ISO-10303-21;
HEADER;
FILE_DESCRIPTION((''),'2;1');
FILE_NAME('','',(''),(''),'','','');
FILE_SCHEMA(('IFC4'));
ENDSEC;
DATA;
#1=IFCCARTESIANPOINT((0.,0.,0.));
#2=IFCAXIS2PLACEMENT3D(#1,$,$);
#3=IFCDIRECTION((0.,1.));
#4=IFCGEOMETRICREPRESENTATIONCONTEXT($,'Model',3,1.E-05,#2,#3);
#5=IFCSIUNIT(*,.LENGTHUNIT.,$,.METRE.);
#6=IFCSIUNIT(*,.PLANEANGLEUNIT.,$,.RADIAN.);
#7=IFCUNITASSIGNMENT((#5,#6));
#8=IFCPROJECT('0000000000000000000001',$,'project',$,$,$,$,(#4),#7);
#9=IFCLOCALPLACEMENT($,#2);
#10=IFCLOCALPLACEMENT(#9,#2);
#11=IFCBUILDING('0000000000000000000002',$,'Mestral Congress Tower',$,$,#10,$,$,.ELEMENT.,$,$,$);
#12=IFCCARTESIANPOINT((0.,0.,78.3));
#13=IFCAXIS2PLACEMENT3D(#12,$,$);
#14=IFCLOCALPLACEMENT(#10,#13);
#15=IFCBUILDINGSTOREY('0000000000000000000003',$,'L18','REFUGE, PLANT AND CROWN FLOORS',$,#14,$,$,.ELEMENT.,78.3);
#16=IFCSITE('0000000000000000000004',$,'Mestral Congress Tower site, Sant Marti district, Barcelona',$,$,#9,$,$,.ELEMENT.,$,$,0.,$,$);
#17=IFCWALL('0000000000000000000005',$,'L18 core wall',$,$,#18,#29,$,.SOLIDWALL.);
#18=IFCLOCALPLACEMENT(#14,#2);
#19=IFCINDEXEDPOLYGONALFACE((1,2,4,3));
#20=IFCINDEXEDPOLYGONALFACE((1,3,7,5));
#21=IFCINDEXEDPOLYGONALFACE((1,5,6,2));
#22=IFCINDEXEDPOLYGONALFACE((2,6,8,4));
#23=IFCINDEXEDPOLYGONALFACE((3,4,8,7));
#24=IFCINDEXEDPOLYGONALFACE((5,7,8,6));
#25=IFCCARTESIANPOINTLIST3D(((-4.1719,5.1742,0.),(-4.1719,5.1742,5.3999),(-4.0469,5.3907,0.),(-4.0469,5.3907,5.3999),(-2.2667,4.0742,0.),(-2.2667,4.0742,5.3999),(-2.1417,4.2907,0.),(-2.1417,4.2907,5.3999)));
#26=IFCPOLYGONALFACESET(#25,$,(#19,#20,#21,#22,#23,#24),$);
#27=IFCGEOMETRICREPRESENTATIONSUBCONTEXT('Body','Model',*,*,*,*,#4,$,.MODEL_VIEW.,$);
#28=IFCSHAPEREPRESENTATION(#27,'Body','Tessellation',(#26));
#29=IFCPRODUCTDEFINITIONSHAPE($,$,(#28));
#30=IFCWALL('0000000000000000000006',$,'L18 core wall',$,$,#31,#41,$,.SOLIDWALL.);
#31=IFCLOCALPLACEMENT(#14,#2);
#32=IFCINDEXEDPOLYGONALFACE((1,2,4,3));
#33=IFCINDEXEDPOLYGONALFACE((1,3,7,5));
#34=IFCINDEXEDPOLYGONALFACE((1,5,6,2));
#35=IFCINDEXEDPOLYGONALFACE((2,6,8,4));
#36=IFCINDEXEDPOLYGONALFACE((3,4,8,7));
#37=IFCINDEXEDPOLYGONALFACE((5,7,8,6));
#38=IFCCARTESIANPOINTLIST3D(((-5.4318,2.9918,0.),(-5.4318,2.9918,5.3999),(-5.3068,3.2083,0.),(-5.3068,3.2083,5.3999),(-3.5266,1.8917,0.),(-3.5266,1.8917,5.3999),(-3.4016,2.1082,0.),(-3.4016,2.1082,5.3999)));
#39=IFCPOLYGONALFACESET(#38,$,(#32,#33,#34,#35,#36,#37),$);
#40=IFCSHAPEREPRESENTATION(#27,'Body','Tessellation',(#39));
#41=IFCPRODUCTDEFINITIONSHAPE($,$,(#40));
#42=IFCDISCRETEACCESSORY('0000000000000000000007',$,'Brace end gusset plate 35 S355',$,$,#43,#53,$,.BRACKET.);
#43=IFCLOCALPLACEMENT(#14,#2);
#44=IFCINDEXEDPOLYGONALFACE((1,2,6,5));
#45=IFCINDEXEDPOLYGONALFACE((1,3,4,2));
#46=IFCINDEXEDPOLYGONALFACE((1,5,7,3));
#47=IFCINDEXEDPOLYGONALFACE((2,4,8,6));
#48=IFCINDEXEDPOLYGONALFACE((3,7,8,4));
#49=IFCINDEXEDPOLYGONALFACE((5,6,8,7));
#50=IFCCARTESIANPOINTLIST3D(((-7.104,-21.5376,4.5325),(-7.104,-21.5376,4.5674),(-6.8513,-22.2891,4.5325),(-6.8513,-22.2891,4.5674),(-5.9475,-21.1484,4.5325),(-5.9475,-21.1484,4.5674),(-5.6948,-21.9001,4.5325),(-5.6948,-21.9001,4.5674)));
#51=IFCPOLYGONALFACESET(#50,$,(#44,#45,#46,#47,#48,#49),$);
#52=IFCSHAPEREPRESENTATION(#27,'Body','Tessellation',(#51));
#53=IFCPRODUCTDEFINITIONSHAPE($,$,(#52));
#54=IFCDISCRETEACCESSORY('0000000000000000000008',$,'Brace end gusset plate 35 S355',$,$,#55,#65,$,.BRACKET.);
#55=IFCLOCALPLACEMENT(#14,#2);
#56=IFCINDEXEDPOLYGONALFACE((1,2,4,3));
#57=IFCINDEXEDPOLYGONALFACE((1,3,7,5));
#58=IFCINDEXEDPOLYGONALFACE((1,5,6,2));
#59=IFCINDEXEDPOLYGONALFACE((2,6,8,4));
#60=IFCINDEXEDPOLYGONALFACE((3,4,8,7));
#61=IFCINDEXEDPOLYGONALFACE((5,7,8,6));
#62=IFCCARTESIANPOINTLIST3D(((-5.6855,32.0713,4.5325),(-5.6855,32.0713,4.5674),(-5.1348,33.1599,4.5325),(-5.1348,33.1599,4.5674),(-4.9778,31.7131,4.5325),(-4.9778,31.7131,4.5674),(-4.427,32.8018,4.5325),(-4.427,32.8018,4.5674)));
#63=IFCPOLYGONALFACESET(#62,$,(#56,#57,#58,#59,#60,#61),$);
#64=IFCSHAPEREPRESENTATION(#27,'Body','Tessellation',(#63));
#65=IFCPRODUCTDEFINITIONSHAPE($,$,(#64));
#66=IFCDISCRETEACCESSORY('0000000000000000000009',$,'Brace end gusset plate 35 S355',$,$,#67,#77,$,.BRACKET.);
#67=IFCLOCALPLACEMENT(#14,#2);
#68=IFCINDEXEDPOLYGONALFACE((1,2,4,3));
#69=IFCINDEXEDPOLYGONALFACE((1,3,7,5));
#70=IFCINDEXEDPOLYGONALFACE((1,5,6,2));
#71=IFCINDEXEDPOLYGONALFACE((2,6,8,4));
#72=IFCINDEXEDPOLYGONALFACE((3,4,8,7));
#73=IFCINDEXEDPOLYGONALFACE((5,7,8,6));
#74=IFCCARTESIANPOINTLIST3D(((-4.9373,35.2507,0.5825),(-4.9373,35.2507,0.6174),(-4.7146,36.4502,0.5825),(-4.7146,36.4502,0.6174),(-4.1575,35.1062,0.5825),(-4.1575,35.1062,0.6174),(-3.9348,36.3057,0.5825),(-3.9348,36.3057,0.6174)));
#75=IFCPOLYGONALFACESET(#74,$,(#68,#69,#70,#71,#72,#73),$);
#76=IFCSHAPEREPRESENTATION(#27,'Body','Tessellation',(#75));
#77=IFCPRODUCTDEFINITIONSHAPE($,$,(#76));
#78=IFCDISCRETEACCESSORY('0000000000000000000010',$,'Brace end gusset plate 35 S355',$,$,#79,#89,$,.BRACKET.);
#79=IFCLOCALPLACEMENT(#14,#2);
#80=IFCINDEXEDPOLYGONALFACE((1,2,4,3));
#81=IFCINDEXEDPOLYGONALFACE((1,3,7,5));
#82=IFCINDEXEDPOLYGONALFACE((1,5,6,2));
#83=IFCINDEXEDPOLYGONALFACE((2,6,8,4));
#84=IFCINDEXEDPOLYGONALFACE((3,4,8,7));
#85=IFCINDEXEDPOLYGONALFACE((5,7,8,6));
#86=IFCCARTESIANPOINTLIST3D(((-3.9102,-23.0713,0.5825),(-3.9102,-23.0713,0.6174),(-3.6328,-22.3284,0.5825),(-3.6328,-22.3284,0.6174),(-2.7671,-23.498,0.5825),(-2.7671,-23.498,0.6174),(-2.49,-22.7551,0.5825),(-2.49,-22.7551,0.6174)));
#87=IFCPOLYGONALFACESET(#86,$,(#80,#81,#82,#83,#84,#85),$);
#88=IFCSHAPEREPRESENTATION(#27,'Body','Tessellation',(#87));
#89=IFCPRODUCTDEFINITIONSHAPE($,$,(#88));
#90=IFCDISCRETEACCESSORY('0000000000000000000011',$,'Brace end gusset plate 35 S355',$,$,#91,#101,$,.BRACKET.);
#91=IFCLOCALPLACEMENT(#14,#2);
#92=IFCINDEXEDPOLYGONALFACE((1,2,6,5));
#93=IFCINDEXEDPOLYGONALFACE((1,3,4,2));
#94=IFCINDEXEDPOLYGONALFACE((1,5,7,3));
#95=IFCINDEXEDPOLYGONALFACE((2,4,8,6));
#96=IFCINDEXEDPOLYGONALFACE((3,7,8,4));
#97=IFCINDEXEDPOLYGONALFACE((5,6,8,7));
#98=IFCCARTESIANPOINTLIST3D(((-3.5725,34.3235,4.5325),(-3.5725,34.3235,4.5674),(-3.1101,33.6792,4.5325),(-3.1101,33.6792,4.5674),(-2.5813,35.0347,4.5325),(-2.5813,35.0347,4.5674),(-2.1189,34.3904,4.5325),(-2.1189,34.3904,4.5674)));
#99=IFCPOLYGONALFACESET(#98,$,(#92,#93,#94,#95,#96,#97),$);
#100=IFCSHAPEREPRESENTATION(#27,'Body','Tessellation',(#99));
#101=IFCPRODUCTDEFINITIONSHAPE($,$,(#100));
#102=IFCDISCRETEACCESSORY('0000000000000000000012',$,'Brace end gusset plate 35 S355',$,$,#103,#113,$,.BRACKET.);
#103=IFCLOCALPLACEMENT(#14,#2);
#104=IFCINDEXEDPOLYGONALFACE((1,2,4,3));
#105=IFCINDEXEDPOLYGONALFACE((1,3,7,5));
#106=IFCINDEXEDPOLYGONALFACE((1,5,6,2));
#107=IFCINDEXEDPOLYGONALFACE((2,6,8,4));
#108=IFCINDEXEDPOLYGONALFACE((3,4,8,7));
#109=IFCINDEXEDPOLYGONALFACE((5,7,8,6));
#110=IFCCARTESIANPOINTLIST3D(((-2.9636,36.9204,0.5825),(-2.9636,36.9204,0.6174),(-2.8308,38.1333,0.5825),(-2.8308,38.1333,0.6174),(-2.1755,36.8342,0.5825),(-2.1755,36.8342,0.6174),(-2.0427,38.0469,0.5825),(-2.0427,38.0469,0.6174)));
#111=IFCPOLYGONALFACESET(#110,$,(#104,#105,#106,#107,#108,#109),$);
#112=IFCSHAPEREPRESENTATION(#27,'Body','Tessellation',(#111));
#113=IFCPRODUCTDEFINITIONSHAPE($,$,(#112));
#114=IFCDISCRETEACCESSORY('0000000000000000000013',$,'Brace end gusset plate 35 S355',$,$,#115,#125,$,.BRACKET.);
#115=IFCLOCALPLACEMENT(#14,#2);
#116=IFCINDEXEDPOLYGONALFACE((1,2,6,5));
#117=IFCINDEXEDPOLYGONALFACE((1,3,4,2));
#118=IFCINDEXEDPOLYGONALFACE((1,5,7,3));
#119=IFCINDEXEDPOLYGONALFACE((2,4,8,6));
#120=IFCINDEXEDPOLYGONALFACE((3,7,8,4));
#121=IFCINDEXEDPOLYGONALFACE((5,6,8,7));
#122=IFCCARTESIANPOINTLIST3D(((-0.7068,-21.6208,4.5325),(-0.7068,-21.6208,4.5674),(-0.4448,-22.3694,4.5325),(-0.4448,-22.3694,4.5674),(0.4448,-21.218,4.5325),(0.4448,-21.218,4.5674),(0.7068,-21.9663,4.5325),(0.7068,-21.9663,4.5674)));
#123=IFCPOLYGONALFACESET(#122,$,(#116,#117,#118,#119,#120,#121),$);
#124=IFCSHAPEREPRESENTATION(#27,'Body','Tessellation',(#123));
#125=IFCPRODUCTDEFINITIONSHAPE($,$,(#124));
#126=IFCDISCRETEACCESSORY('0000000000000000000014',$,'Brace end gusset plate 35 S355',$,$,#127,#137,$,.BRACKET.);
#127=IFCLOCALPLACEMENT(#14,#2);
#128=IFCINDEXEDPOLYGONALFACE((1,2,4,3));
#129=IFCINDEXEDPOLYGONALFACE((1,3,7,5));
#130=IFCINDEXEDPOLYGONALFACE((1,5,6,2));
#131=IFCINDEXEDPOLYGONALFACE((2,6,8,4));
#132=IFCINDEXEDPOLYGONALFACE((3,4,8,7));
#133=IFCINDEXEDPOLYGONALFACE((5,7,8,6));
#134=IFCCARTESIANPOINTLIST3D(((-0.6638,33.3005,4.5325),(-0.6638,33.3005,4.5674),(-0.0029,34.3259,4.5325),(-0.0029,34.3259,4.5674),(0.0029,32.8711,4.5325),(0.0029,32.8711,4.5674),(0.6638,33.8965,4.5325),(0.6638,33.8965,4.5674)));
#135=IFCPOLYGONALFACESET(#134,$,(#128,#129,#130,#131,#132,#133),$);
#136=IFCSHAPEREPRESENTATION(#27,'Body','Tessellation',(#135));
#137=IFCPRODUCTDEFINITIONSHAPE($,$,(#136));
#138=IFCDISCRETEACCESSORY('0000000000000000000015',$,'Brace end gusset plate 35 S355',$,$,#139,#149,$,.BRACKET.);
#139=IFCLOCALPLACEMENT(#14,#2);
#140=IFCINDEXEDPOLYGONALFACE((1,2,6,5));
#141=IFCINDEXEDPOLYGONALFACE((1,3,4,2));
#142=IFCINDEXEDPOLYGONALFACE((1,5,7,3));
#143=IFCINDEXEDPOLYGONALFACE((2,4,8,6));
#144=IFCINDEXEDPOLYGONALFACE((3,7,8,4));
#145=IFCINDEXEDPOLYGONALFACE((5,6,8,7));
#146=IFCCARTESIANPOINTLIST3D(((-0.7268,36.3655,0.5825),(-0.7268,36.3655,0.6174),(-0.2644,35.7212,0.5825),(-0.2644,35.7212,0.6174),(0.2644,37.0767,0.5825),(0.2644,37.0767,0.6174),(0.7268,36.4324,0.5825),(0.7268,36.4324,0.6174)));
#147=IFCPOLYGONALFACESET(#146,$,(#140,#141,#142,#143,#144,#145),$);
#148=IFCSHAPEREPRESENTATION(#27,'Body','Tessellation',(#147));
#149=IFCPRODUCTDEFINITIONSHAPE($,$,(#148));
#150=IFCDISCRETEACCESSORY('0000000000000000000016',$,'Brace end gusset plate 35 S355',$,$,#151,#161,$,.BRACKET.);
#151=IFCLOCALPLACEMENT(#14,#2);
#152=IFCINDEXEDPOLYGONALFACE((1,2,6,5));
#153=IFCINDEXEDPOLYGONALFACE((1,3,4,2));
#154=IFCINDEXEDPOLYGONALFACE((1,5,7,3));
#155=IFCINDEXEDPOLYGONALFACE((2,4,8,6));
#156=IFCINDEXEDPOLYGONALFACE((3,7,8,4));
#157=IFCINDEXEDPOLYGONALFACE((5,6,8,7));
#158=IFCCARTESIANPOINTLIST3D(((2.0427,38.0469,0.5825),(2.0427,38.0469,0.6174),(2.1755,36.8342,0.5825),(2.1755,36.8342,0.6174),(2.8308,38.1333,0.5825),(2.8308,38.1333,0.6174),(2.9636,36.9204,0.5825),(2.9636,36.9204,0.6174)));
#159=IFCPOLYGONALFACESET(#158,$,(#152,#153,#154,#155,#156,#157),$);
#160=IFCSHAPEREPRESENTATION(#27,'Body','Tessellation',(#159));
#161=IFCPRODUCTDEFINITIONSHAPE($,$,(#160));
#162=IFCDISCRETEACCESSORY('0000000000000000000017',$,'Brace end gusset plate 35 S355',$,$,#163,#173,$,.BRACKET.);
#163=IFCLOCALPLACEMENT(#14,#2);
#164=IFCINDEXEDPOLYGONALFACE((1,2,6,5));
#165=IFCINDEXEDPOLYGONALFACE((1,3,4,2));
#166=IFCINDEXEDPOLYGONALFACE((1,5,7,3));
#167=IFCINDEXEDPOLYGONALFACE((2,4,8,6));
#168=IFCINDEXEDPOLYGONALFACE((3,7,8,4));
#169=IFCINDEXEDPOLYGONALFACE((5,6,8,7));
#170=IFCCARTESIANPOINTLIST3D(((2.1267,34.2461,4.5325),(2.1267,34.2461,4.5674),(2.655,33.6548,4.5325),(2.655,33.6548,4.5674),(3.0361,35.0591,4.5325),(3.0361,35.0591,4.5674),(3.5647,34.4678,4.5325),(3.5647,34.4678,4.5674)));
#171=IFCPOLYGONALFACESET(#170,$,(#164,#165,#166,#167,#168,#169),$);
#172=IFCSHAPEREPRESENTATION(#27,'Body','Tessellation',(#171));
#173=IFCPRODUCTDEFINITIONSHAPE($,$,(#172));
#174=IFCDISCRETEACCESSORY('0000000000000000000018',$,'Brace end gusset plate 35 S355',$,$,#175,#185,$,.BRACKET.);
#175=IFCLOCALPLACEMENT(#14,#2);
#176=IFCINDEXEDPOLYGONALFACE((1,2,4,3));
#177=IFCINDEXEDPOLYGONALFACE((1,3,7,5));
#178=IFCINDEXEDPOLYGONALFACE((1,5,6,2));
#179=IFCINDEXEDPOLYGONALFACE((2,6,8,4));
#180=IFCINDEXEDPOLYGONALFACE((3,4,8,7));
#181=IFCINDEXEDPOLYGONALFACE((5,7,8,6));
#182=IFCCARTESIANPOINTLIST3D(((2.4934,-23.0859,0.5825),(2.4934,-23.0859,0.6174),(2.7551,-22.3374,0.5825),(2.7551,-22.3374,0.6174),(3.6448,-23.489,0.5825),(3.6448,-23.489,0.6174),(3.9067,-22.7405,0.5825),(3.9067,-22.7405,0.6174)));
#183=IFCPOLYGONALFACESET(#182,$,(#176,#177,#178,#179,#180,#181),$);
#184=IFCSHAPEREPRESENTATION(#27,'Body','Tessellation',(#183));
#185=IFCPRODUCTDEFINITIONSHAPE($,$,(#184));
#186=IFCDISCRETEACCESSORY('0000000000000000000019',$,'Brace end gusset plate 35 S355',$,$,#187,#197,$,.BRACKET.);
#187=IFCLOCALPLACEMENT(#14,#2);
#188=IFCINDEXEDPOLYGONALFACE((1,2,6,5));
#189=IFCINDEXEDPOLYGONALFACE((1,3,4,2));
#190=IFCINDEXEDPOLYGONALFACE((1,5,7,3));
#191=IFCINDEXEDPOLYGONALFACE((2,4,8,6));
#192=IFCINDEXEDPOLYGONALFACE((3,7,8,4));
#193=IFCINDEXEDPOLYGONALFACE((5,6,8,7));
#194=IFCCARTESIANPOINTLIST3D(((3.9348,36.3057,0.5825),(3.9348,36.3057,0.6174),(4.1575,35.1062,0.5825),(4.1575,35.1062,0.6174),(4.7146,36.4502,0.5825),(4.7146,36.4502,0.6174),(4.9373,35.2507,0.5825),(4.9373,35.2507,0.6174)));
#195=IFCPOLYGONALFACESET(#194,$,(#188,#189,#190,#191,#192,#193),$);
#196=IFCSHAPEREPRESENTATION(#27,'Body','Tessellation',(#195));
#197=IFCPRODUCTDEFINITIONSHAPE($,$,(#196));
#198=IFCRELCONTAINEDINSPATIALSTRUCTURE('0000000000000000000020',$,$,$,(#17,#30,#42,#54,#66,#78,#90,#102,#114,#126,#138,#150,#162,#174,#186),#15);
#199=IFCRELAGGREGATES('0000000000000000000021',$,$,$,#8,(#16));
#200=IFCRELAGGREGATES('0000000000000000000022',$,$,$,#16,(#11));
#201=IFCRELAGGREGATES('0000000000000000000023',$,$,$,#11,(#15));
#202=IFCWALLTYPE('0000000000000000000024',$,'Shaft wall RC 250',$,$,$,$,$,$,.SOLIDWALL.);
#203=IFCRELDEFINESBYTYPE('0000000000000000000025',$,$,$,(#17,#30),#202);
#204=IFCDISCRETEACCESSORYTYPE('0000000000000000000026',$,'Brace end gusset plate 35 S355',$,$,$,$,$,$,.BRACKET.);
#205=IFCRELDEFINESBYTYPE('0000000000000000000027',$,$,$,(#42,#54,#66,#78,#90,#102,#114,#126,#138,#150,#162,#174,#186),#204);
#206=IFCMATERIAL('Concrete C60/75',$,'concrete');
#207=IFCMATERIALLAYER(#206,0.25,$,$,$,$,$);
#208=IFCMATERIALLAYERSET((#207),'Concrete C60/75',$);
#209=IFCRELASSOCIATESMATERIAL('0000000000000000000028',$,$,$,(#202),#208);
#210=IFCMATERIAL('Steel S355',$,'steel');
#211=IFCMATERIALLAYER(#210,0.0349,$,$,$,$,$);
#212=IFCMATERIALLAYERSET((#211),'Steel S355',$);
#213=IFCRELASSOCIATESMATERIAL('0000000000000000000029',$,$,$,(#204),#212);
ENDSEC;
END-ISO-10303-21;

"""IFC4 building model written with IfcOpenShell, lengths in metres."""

from ifc_helpers import new_model, si_unit, direction, frame, frame_2d, origin, place, context, subcontext, project, spatial, polyline, rectangle, outline, extrude, material, layer, layer_set, type_object, element, save


model = new_model("IFC4")

# Units and contexts
model_context = context("Model", 3, precision=1e-05, world=origin(), true_north=direction((0.0, 1.0)))
body_context = subcontext(model_context, "Body", "Model", "MODEL_VIEW")
ifc_project = project(units=[si_unit("LENGTHUNIT", "METRE"), si_unit("PLANEANGLEUNIT", "RADIAN")], contexts=[model_context])

# Site, building, storey
site_placement = place(None, origin())
site = spatial("IfcSite", under=ifc_project, at=site_placement, Name="Mestral Congress Tower site, Sant Marti district, Barcelona", CompositionType="ELEMENT", RefElevation=0.0)
building_placement = place(site_placement, origin())
building = spatial("IfcBuilding", under=site, at=building_placement, Name="Mestral Congress Tower", CompositionType="ELEMENT")
storey_placement = place(building_placement, frame((0.0, 0.0, 78.3)))
storey = spatial("IfcBuildingStorey", under=building, at=storey_placement, Name="L18", Description="REFUGE, PLANT AND CROWN FLOORS", CompositionType="ELEMENT", Elevation=78.3)

# Walls
ifc_material_1 = material(Name="Concrete C60/75", Category="concrete")
ifc_layer_1 = layer(ifc_material_1, 0.25)
ifc_layer_set_1 = layer_set([ifc_layer_1], Name="Concrete C60/75")
wall_type = type_object("IfcWallType", Name="Shaft wall RC 250", PredefinedType="SOLIDWALL", material=ifc_layer_set_1)
for number, where, z_axis, x_axis, name in (
    (1, (-2.2041, 4.1824, 0.0), (0.0, 0.0, 1.0), (-0.866008, 0.50003, 0.0), "L18 core wall"),
    (2, (-5.3694, 3.1001, 0.0), (0.0, 0.0, 1.0), (0.866008, -0.50003, 0.0), "L18 core wall"),
):
    element("IfcWall", number, at=place(storey_placement, frame(where, z_axis=z_axis, x_axis=x_axis)), inside=storey, type_object=wall_type, Name=name, PredefinedType="SOLIDWALL", context=body_context, shape_type="SweptSolid", body=[
        extrude(rectangle(XDim=2.2, YDim=0.25, at=frame_2d((1.1001, 0.0))), origin(), (0.0, 0.0, 1.0), 5.3999),
    ])

# Discrete accessories
ifc_material_2 = material(Name="Steel S355", Category="steel")
ifc_layer_2 = layer(ifc_material_2, 0.0349)
ifc_layer_set_2 = layer_set([ifc_layer_2], Name="Steel S355")
discrete_accessory_type = type_object("IfcDiscreteAccessoryType", Name="Brace end gusset plate 35 S355", PredefinedType="BRACKET", material=ifc_layer_set_2)
placement_1 = place(storey_placement, frame((0.0, 0.0, 4.5325)))
element("IfcDiscreteAccessory", 3, at=placement_1, inside=storey, type_object=discrete_accessory_type, Name="Brace end gusset plate 35 S355", PredefinedType="BRACKET", context=body_context, shape_type="SweptSolid", body=[
    extrude(outline(polyline([(-5.9475, -21.1484), (-7.104, -21.5376), (-6.8513, -22.2891), (-5.6948, -21.9001), (-5.9475, -21.1484)])), origin(), (0.0, 0.0, 1.0), 0.0349),
])
element("IfcDiscreteAccessory", 4, at=placement_1, inside=storey, type_object=discrete_accessory_type, Name="Brace end gusset plate 35 S355", PredefinedType="BRACKET", context=body_context, shape_type="SweptSolid", body=[
    extrude(outline(polyline([(-4.9778, 31.7131), (-4.427, 32.8018), (-5.1348, 33.1599), (-5.6855, 32.0713), (-4.9778, 31.7131)])), origin(), (0.0, 0.0, 1.0), 0.0349),
])
placement_2 = place(storey_placement, frame((0.0, 0.0, 0.5825)))
element("IfcDiscreteAccessory", 5, at=placement_2, inside=storey, type_object=discrete_accessory_type, Name="Brace end gusset plate 35 S355", PredefinedType="BRACKET", context=body_context, shape_type="SweptSolid", body=[
    extrude(outline(polyline([(-4.7146, 36.4502), (-4.9373, 35.2507), (-4.1575, 35.1062), (-3.9348, 36.3057), (-4.7146, 36.4502)])), origin(), (0.0, 0.0, 1.0), 0.0349),
])
element("IfcDiscreteAccessory", 6, at=placement_2, inside=storey, type_object=discrete_accessory_type, Name="Brace end gusset plate 35 S355", PredefinedType="BRACKET", context=body_context, shape_type="SweptSolid", body=[
    extrude(outline(polyline([(-2.49, -22.7551), (-3.6328, -22.3284), (-3.9102, -23.0713), (-2.7671, -23.498), (-2.49, -22.7551)])), origin(), (0.0, 0.0, 1.0), 0.0349),
])
element("IfcDiscreteAccessory", 7, at=placement_1, inside=storey, type_object=discrete_accessory_type, Name="Brace end gusset plate 35 S355", PredefinedType="BRACKET", context=body_context, shape_type="SweptSolid", body=[
    extrude(outline(polyline([(-3.1101, 33.6792), (-2.1189, 34.3904), (-2.5813, 35.0347), (-3.5725, 34.3235), (-3.1101, 33.6792)])), origin(), (0.0, 0.0, 1.0), 0.0349),
])
element("IfcDiscreteAccessory", 8, at=placement_2, inside=storey, type_object=discrete_accessory_type, Name="Brace end gusset plate 35 S355", PredefinedType="BRACKET", context=body_context, shape_type="SweptSolid", body=[
    extrude(outline(polyline([(-2.8308, 38.1333), (-2.9636, 36.9204), (-2.1755, 36.8342), (-2.0427, 38.0469), (-2.8308, 38.1333)])), origin(), (0.0, 0.0, 1.0), 0.0349),
])
element("IfcDiscreteAccessory", 9, at=placement_1, inside=storey, type_object=discrete_accessory_type, Name="Brace end gusset plate 35 S355", PredefinedType="BRACKET", context=body_context, shape_type="SweptSolid", body=[
    extrude(outline(polyline([(0.4448, -21.218), (-0.7068, -21.6208), (-0.4448, -22.3694), (0.7068, -21.9663), (0.4448, -21.218)])), origin(), (0.0, 0.0, 1.0), 0.0349),
])
element("IfcDiscreteAccessory", 10, at=placement_1, inside=storey, type_object=discrete_accessory_type, Name="Brace end gusset plate 35 S355", PredefinedType="BRACKET", context=body_context, shape_type="SweptSolid", body=[
    extrude(outline(polyline([(0.0029, 32.8711), (0.6638, 33.8965), (-0.0029, 34.3259), (-0.6638, 33.3005), (0.0029, 32.8711)])), origin(), (0.0, 0.0, 1.0), 0.0349),
])
element("IfcDiscreteAccessory", 11, at=placement_2, inside=storey, type_object=discrete_accessory_type, Name="Brace end gusset plate 35 S355", PredefinedType="BRACKET", context=body_context, shape_type="SweptSolid", body=[
    extrude(outline(polyline([(0.2644, 37.0767), (-0.7268, 36.3655), (-0.2644, 35.7212), (0.7268, 36.4324), (0.2644, 37.0767)])), origin(), (0.0, 0.0, 1.0), 0.0349),
])
element("IfcDiscreteAccessory", 12, at=placement_2, inside=storey, type_object=discrete_accessory_type, Name="Brace end gusset plate 35 S355", PredefinedType="BRACKET", context=body_context, shape_type="SweptSolid", body=[
    extrude(outline(polyline([(2.0427, 38.0469), (2.1755, 36.8342), (2.9636, 36.9204), (2.8308, 38.1333), (2.0427, 38.0469)])), origin(), (0.0, 0.0, 1.0), 0.0349),
])
element("IfcDiscreteAccessory", 13, at=placement_1, inside=storey, type_object=discrete_accessory_type, Name="Brace end gusset plate 35 S355", PredefinedType="BRACKET", context=body_context, shape_type="SweptSolid", body=[
    extrude(outline(polyline([(2.655, 33.6548), (3.5647, 34.4678), (3.0361, 35.0591), (2.1267, 34.2461), (2.655, 33.6548)])), origin(), (0.0, 0.0, 1.0), 0.0349),
])
element("IfcDiscreteAccessory", 14, at=placement_2, inside=storey, type_object=discrete_accessory_type, Name="Brace end gusset plate 35 S355", PredefinedType="BRACKET", context=body_context, shape_type="SweptSolid", body=[
    extrude(outline(polyline([(3.9067, -22.7405), (2.7551, -22.3374), (2.4934, -23.0859), (3.6448, -23.489), (3.9067, -22.7405)])), origin(), (0.0, 0.0, 1.0), 0.0349),
])
element("IfcDiscreteAccessory", 15, at=placement_2, inside=storey, type_object=discrete_accessory_type, Name="Brace end gusset plate 35 S355", PredefinedType="BRACKET", context=body_context, shape_type="SweptSolid", body=[
    extrude(outline(polyline([(3.9348, 36.3057), (4.1575, 35.1062), (4.9373, 35.2507), (4.7146, 36.4502), (3.9348, 36.3057)])), origin(), (0.0, 0.0, 1.0), 0.0349),
])

save(model, "model.ifc")
